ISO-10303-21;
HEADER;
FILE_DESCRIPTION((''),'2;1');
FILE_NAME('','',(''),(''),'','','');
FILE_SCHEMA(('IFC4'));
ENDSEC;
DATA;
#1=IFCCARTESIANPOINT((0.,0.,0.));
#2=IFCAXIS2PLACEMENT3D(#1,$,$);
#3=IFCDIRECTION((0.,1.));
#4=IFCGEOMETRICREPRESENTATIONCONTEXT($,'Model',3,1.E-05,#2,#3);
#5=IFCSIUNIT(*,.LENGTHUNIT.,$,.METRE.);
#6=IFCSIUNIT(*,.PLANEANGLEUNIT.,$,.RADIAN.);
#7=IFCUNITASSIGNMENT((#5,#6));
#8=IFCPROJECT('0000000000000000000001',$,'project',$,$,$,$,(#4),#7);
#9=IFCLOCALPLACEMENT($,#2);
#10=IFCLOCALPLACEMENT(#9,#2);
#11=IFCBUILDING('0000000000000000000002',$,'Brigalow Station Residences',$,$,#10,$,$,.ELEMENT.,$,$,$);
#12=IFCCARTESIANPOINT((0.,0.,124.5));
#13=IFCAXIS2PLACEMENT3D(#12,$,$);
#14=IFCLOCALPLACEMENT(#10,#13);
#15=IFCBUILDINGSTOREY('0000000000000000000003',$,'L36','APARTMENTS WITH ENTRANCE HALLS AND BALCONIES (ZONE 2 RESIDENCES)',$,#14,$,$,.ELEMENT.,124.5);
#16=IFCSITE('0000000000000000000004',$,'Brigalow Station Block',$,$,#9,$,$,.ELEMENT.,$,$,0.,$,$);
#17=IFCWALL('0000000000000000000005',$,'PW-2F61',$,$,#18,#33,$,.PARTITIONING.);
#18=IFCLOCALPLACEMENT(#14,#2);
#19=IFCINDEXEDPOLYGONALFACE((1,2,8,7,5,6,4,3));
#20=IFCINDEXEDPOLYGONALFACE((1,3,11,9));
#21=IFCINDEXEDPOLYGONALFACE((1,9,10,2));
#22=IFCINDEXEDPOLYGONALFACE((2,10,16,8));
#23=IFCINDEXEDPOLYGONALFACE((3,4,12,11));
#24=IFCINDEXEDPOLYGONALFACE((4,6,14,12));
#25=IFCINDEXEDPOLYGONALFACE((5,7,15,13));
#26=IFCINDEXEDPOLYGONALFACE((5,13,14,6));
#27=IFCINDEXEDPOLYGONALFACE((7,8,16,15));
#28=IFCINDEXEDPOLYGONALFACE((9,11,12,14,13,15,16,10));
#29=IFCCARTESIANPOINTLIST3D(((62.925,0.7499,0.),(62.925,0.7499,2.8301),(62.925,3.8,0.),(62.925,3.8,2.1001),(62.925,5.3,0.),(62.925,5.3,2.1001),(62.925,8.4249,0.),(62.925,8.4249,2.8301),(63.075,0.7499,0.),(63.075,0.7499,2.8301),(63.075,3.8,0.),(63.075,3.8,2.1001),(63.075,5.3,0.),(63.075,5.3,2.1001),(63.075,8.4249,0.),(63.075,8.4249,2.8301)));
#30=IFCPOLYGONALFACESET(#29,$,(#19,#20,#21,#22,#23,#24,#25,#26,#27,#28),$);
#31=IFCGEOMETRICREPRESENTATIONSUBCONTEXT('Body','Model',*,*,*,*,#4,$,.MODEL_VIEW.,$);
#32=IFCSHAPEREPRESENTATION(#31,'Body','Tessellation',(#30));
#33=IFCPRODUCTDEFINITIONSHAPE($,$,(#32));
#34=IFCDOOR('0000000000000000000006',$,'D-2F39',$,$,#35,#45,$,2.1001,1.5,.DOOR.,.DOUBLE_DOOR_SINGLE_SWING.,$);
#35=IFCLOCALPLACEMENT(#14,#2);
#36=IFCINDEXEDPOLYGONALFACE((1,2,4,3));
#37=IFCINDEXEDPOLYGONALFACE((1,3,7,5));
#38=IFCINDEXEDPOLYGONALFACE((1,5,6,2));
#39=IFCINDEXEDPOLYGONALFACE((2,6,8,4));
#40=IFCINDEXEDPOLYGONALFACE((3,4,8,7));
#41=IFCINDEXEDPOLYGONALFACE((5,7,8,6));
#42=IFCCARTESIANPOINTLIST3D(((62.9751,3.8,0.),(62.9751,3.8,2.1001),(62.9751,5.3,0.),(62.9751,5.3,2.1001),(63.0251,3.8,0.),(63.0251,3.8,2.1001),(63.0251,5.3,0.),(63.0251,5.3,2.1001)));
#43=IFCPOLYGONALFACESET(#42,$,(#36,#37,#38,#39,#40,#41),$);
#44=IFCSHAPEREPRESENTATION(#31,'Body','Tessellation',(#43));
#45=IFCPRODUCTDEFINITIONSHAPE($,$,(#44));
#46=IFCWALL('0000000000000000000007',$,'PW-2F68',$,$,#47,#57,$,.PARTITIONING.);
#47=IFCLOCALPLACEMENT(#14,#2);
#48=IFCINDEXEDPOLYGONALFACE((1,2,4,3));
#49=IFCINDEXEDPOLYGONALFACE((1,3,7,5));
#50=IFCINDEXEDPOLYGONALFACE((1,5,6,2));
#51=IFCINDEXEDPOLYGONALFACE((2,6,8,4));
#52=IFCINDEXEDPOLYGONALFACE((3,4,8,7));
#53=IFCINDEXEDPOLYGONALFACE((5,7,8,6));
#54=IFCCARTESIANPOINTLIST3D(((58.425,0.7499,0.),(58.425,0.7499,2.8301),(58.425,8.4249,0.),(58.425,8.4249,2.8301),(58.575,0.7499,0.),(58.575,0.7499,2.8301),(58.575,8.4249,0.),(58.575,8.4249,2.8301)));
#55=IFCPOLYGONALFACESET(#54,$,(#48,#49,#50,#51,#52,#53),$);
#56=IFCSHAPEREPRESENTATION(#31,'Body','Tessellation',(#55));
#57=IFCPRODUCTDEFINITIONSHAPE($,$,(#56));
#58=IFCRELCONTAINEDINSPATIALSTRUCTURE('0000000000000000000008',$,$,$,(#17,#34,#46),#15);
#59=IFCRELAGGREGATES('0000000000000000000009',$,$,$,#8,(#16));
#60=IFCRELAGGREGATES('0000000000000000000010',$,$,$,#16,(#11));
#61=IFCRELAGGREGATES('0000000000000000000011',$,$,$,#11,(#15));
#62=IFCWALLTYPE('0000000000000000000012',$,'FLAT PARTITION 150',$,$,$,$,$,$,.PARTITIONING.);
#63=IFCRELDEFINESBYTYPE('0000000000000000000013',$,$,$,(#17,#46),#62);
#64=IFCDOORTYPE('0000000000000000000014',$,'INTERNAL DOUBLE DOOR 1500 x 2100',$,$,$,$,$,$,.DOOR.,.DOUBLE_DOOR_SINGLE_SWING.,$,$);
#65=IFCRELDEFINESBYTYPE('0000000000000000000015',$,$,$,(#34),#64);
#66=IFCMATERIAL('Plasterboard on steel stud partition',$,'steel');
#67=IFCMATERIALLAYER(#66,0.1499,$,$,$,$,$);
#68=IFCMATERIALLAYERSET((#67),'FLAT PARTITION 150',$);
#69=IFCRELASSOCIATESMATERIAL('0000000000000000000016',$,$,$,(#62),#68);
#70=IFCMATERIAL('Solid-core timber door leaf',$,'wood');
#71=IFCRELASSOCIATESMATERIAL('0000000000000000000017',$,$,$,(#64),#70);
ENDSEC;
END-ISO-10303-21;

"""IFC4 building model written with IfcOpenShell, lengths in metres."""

from ifc_helpers import new_model, si_unit, direction, frame, frame_2d, origin, place, context, subcontext, project, spatial, rectangle, extrude, material, layer, layer_set, type_object, element, fill, save


model = new_model("IFC4")

# Units and contexts
model_context = context("Model", 3, precision=1e-05, world=origin(), true_north=direction((0.0, 1.0)))
body_context = subcontext(model_context, "Body", "Model", "MODEL_VIEW")
ifc_project = project(units=[si_unit("LENGTHUNIT", "METRE"), si_unit("PLANEANGLEUNIT", "RADIAN")], contexts=[model_context])

# Site, building, storey
site_placement = place(None, origin())
site = spatial("IfcSite", under=ifc_project, at=site_placement, Name="Brigalow Station Block", CompositionType="ELEMENT", RefElevation=0.0)
building_placement = place(site_placement, origin())
building = spatial("IfcBuilding", under=site, at=building_placement, Name="Brigalow Station Residences", CompositionType="ELEMENT")
storey_placement = place(building_placement, frame((0.0, 0.0, 124.5)))
storey = spatial("IfcBuildingStorey", under=building, at=storey_placement, Name="L36", Description="APARTMENTS WITH ENTRANCE HALLS AND BALCONIES (ZONE 2 RESIDENCES)", CompositionType="ELEMENT", Elevation=124.5)

# Wall, opening, door
ifc_material_1 = material(Name="Plasterboard on steel stud partition", Category="steel")
ifc_layer_1 = layer(ifc_material_1, 0.1499)
ifc_layer_set_1 = layer_set([ifc_layer_1], Name="FLAT PARTITION 150")
wall_type_1 = type_object("IfcWallType", Name="FLAT PARTITION 150", PredefinedType="PARTITIONING", material=ifc_layer_set_1)
wall_1_placement = place(storey_placement, frame((63.0, 0.75, 0.0), z_axis=(0.0, 0.0, 1.0), x_axis=(0.0, 1.0, 0.0)))
wall_1 = element("IfcWall", 1, at=wall_1_placement, inside=storey, type_object=wall_type_1, Name="PW-2F61", PredefinedType="PARTITIONING", context=body_context, shape_type="SweptSolid", body=[
    extrude(rectangle(XDim=7.675, YDim=0.1499, at=frame_2d((3.8374, 0.0))), origin(), (0.0, 0.0, 1.0), 2.8301),
])
opening_1_placement = place(wall_1_placement, frame((3.05, 0.0, 0.0)))
opening_1 = element("IfcOpeningElement", 2, at=opening_1_placement, cuts=wall_1, PredefinedType="OPENING", context=body_context, shape_type="SweptSolid", body=[
    extrude(rectangle(XDim=1.5, YDim=2.1001, at=frame_2d((0.75, 1.05))), frame((0.0, 0.085, 0.0), z_axis=(0.0, -1.0, 0.0), x_axis=(1.0, 0.0, 0.0)), (0.0, 0.0, 1.0), 0.1699),
])
ifc_material_2 = material(Name="Solid-core timber door leaf", Category="wood")
door_type = type_object("IfcDoorType", Name="INTERNAL DOUBLE DOOR 1500 x 2100", OperationType="DOUBLE_DOOR_SINGLE_SWING", PredefinedType="DOOR", material=ifc_material_2)
door_placement = place(opening_1_placement, origin())
door = element("IfcDoor", 3, at=door_placement, inside=storey, type_object=door_type, Name="D-2F39", OperationType="DOUBLE_DOOR_SINGLE_SWING", OverallHeight=2.1001, OverallWidth=1.5, PredefinedType="DOOR", context=body_context, shape_type="SweptSolid", body=[
    extrude(rectangle(XDim=1.5, YDim=2.1001, at=frame_2d((0.75, 1.05))), frame((0.0, 0.0249, 0.0), z_axis=(0.0, -1.0, 0.0), x_axis=(1.0, 0.0, 0.0)), (0.0, 0.0, 1.0), 0.05),
])
fill(opening_1, door)

# Wall
wall_2_placement = place(storey_placement, frame((58.5, 0.75, 0.0), z_axis=(0.0, 0.0, 1.0), x_axis=(0.0, 1.0, 0.0)))
element("IfcWall", 4, at=wall_2_placement, inside=storey, type_object=wall_type_1, Name="PW-2F68", PredefinedType="PARTITIONING", context=body_context, shape_type="SweptSolid", body=[
    extrude(rectangle(XDim=7.675, YDim=0.1499, at=frame_2d((3.8374, 0.0))), origin(), (0.0, 0.0, 1.0), 2.8301),
])

save(model, "model.ifc")
